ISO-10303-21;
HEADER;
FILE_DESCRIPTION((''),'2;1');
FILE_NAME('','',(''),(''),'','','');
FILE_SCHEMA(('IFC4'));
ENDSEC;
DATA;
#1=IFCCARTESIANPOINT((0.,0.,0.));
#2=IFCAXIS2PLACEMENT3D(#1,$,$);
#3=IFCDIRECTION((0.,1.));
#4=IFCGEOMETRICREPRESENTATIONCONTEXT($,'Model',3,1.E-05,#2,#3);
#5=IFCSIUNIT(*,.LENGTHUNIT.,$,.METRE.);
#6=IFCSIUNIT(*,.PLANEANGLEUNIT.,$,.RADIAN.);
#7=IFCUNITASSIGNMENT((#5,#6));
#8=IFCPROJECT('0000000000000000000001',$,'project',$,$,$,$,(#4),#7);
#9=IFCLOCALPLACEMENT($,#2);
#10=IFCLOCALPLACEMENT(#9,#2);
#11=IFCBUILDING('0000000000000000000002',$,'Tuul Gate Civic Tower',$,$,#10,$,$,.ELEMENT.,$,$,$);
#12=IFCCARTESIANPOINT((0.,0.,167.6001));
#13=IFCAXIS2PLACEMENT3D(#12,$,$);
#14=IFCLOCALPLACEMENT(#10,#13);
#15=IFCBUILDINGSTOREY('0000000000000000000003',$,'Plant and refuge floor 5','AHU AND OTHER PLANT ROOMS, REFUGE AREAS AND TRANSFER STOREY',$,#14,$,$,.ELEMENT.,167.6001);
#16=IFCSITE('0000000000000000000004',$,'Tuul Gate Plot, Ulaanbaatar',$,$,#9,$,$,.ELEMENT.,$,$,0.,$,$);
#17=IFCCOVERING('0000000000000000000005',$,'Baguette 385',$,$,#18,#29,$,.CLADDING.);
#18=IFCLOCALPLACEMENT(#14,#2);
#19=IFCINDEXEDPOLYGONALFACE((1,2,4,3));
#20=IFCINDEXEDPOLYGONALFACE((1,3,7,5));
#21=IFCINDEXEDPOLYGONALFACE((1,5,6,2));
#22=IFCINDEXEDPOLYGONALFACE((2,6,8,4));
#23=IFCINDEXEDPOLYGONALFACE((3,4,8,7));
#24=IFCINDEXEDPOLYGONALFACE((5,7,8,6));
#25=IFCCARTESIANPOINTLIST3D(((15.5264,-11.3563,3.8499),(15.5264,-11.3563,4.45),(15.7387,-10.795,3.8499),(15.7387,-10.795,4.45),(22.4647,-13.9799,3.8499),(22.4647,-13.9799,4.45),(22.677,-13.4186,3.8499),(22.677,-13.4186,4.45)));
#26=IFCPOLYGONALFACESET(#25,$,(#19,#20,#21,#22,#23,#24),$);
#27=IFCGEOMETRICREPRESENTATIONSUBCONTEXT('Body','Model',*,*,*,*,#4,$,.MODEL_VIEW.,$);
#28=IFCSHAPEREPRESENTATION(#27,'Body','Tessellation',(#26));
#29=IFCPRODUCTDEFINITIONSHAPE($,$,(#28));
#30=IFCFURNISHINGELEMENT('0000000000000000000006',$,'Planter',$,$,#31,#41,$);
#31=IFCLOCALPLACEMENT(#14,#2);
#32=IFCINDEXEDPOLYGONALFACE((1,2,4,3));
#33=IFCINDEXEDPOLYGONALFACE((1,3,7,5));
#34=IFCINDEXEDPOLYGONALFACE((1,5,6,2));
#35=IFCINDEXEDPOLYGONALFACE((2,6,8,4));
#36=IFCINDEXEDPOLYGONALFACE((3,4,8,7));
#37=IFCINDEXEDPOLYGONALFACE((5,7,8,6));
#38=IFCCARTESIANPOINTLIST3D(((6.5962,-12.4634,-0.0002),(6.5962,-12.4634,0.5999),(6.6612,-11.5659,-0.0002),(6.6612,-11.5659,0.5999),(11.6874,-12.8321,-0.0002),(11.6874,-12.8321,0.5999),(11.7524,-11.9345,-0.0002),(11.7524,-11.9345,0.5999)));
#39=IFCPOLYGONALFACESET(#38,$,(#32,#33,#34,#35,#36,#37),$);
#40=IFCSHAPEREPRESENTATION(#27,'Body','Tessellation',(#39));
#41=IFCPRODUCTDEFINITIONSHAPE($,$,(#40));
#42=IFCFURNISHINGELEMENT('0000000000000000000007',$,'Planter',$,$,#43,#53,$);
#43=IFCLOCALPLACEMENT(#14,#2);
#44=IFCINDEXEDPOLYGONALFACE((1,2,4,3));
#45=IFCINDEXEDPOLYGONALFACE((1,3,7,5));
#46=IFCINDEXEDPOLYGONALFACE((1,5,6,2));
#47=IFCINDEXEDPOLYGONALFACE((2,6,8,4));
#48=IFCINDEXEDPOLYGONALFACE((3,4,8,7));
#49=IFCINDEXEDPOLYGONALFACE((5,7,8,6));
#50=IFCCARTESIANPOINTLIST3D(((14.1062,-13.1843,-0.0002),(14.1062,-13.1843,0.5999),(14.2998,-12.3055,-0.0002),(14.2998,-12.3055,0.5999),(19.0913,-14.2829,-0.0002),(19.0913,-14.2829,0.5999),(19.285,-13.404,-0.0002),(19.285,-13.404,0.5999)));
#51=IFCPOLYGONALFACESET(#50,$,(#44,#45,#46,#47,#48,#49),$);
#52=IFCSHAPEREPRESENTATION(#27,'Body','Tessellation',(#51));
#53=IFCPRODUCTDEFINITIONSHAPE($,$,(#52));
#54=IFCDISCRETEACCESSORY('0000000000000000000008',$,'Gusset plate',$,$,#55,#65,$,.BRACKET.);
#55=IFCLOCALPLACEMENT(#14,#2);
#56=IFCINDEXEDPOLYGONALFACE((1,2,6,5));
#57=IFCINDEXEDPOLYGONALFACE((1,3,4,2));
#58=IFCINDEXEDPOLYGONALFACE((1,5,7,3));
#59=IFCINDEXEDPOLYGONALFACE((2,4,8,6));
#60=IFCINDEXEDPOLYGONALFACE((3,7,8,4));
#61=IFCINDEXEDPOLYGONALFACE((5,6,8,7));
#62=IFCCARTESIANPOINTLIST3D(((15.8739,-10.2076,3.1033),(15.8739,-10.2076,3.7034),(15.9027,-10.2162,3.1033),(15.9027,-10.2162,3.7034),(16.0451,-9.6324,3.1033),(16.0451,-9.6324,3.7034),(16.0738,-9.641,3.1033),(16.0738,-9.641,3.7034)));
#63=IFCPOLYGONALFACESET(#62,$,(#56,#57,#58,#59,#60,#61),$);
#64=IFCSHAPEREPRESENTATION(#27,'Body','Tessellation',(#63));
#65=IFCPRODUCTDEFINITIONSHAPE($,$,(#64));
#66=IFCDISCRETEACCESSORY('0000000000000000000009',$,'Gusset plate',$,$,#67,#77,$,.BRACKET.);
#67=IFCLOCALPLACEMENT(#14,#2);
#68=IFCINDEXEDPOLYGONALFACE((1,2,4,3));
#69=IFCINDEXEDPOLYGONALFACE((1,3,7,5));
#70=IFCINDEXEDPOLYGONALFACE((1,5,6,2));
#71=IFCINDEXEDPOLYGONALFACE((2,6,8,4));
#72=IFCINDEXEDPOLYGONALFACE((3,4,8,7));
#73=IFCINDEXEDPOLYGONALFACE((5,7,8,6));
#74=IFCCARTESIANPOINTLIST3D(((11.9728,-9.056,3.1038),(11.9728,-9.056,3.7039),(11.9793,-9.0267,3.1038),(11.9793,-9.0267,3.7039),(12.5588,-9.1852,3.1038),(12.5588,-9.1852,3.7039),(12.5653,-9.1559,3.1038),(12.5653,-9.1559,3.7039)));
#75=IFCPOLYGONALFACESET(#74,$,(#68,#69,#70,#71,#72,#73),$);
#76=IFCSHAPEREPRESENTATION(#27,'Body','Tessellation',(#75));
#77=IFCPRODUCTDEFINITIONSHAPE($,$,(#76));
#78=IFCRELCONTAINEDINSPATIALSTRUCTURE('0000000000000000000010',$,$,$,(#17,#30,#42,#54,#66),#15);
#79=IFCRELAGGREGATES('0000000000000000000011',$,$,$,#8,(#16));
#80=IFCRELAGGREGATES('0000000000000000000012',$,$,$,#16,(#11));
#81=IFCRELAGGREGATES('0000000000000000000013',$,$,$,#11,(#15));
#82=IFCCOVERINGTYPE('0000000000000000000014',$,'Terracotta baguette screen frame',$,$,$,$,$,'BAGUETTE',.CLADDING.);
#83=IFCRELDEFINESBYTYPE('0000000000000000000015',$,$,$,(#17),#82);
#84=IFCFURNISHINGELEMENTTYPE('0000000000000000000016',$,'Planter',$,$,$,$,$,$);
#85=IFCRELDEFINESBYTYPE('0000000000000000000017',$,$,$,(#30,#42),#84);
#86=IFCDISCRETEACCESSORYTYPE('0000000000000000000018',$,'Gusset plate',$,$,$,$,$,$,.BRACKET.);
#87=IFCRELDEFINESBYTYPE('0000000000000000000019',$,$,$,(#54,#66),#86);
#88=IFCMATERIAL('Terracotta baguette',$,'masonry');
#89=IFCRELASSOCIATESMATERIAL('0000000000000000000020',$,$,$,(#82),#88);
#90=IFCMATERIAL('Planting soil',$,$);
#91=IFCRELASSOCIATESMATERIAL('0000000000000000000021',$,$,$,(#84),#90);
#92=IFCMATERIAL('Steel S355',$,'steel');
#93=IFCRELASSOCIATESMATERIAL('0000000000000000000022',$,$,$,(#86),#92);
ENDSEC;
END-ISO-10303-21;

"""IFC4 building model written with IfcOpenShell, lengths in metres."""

from ifc_helpers import new_model, si_unit, direction, frame, origin, origin_2d, place, context, subcontext, project, spatial, rectangle, extrude, material, material_profile, profile_set, type_object, element, save


model = new_model("IFC4")

# Units and contexts
model_context = context("Model", 3, precision=1e-05, world=origin(), true_north=direction((0.0, 1.0)))
body_context = subcontext(model_context, "Body", "Model", "MODEL_VIEW")
ifc_project = project(units=[si_unit("LENGTHUNIT", "METRE"), si_unit("PLANEANGLEUNIT", "RADIAN")], contexts=[model_context])

# Site, building, storey
site_placement = place(None, origin())
site = spatial("IfcSite", under=ifc_project, at=site_placement, Name="Tuul Gate Plot, Ulaanbaatar", CompositionType="ELEMENT", RefElevation=0.0)
building_placement = place(site_placement, origin())
building = spatial("IfcBuilding", under=site, at=building_placement, Name="Tuul Gate Civic Tower", CompositionType="ELEMENT")
storey_placement = place(building_placement, frame((0.0, 0.0, 167.6001)))
storey = spatial("IfcBuildingStorey", under=building, at=storey_placement, Name="Plant and refuge floor 5", Description="AHU AND OTHER PLANT ROOMS, REFUGE AREAS AND TRANSFER STOREY", CompositionType="ELEMENT", Elevation=167.6001)

# Covering
ifc_material_1 = material(Name="Terracotta baguette", Category="masonry")
ifc_material_profile_1 = material_profile(ifc_material_1, rectangle(XDim=0.6001, YDim=0.6001, at=origin_2d()), Name="Terracotta baguette screen frame")
ifc_profile_set_1 = profile_set([ifc_material_profile_1], Name="Terracotta baguette")
covering_type = type_object("IfcCoveringType", Name="Terracotta baguette screen frame", ElementType="BAGUETTE", PredefinedType="CLADDING", material=ifc_profile_set_1)
covering_1_placement = place(storey_placement, frame((15.6326, -11.0757, 4.1499), z_axis=(0.935364, -0.353687, 0.0), x_axis=(0.353687, 0.935364, 0.0)))
element("IfcCovering", 1, at=covering_1_placement, inside=storey, type_object=covering_type, Name="Baguette 385", PredefinedType="CLADDING", context=body_context, shape_type="SweptSolid", body=[
    extrude(rectangle(XDim=0.6001, YDim=0.6001, at=origin_2d()), origin(), (0.0, 0.0, 1.0), 7.4177),
])

# Furnishing elements
ifc_material_2 = material(Name="Planting soil")
furnishing_element_type = type_object("IfcFurnishingElementType", Name="Planter", material=ifc_material_2)
furnishing_1_placement = place(storey_placement, frame((9.1743, -12.199, -0.0002), z_axis=(0.0, 0.0, 1.0), x_axis=(0.997389, -0.072222, 0.0)))
element("IfcFurnishingElement", 2, at=furnishing_1_placement, inside=storey, type_object=furnishing_element_type, Name="Planter", context=body_context, shape_type="SweptSolid", body=[
    extrude(rectangle(XDim=5.1045, YDim=0.8999, at=origin_2d()), origin(), (0.0, 0.0, 1.0), 0.6001),
])
furnishing_2_placement = place(storey_placement, frame((16.6956, -13.2942, -0.0002), z_axis=(0.0, 0.0, 1.0), x_axis=(0.976571, -0.215195, 0.0)))
element("IfcFurnishingElement", 3, at=furnishing_2_placement, inside=storey, type_object=furnishing_element_type, Name="Planter", context=body_context, shape_type="SweptSolid", body=[
    extrude(rectangle(XDim=5.1047, YDim=0.8999, at=origin_2d()), origin(), (0.0, 0.0, 1.0), 0.6001),
])

# Discrete accessories
ifc_material_3 = material(Name="Steel S355", Category="steel")
discrete_accessory_type = type_object("IfcDiscreteAccessoryType", Name="Gusset plate", PredefinedType="BRACKET", material=ifc_material_3)
for number, where, z_axis, x_axis, name in (
    (4, (15.9739, -9.9243, 3.1033), (0.0, 0.0, 1.0), (0.285212, 0.958464, 0.0), "Gusset plate"),
    (5, (12.269, -9.106, 3.1038), (0.0, 0.0, 1.0), (-0.976564, 0.215229, 0.0), "Gusset plate"),
):
    element("IfcDiscreteAccessory", number, at=place(storey_placement, frame(where, z_axis=z_axis, x_axis=x_axis)), inside=storey, type_object=discrete_accessory_type, Name=name, PredefinedType="BRACKET", context=body_context, shape_type="SweptSolid", body=[
        extrude(rectangle(XDim=0.6001, YDim=0.03, at=origin_2d()), origin(), (0.0, 0.0, 1.0), 0.6001),
    ])

save(model, "model.ifc")
